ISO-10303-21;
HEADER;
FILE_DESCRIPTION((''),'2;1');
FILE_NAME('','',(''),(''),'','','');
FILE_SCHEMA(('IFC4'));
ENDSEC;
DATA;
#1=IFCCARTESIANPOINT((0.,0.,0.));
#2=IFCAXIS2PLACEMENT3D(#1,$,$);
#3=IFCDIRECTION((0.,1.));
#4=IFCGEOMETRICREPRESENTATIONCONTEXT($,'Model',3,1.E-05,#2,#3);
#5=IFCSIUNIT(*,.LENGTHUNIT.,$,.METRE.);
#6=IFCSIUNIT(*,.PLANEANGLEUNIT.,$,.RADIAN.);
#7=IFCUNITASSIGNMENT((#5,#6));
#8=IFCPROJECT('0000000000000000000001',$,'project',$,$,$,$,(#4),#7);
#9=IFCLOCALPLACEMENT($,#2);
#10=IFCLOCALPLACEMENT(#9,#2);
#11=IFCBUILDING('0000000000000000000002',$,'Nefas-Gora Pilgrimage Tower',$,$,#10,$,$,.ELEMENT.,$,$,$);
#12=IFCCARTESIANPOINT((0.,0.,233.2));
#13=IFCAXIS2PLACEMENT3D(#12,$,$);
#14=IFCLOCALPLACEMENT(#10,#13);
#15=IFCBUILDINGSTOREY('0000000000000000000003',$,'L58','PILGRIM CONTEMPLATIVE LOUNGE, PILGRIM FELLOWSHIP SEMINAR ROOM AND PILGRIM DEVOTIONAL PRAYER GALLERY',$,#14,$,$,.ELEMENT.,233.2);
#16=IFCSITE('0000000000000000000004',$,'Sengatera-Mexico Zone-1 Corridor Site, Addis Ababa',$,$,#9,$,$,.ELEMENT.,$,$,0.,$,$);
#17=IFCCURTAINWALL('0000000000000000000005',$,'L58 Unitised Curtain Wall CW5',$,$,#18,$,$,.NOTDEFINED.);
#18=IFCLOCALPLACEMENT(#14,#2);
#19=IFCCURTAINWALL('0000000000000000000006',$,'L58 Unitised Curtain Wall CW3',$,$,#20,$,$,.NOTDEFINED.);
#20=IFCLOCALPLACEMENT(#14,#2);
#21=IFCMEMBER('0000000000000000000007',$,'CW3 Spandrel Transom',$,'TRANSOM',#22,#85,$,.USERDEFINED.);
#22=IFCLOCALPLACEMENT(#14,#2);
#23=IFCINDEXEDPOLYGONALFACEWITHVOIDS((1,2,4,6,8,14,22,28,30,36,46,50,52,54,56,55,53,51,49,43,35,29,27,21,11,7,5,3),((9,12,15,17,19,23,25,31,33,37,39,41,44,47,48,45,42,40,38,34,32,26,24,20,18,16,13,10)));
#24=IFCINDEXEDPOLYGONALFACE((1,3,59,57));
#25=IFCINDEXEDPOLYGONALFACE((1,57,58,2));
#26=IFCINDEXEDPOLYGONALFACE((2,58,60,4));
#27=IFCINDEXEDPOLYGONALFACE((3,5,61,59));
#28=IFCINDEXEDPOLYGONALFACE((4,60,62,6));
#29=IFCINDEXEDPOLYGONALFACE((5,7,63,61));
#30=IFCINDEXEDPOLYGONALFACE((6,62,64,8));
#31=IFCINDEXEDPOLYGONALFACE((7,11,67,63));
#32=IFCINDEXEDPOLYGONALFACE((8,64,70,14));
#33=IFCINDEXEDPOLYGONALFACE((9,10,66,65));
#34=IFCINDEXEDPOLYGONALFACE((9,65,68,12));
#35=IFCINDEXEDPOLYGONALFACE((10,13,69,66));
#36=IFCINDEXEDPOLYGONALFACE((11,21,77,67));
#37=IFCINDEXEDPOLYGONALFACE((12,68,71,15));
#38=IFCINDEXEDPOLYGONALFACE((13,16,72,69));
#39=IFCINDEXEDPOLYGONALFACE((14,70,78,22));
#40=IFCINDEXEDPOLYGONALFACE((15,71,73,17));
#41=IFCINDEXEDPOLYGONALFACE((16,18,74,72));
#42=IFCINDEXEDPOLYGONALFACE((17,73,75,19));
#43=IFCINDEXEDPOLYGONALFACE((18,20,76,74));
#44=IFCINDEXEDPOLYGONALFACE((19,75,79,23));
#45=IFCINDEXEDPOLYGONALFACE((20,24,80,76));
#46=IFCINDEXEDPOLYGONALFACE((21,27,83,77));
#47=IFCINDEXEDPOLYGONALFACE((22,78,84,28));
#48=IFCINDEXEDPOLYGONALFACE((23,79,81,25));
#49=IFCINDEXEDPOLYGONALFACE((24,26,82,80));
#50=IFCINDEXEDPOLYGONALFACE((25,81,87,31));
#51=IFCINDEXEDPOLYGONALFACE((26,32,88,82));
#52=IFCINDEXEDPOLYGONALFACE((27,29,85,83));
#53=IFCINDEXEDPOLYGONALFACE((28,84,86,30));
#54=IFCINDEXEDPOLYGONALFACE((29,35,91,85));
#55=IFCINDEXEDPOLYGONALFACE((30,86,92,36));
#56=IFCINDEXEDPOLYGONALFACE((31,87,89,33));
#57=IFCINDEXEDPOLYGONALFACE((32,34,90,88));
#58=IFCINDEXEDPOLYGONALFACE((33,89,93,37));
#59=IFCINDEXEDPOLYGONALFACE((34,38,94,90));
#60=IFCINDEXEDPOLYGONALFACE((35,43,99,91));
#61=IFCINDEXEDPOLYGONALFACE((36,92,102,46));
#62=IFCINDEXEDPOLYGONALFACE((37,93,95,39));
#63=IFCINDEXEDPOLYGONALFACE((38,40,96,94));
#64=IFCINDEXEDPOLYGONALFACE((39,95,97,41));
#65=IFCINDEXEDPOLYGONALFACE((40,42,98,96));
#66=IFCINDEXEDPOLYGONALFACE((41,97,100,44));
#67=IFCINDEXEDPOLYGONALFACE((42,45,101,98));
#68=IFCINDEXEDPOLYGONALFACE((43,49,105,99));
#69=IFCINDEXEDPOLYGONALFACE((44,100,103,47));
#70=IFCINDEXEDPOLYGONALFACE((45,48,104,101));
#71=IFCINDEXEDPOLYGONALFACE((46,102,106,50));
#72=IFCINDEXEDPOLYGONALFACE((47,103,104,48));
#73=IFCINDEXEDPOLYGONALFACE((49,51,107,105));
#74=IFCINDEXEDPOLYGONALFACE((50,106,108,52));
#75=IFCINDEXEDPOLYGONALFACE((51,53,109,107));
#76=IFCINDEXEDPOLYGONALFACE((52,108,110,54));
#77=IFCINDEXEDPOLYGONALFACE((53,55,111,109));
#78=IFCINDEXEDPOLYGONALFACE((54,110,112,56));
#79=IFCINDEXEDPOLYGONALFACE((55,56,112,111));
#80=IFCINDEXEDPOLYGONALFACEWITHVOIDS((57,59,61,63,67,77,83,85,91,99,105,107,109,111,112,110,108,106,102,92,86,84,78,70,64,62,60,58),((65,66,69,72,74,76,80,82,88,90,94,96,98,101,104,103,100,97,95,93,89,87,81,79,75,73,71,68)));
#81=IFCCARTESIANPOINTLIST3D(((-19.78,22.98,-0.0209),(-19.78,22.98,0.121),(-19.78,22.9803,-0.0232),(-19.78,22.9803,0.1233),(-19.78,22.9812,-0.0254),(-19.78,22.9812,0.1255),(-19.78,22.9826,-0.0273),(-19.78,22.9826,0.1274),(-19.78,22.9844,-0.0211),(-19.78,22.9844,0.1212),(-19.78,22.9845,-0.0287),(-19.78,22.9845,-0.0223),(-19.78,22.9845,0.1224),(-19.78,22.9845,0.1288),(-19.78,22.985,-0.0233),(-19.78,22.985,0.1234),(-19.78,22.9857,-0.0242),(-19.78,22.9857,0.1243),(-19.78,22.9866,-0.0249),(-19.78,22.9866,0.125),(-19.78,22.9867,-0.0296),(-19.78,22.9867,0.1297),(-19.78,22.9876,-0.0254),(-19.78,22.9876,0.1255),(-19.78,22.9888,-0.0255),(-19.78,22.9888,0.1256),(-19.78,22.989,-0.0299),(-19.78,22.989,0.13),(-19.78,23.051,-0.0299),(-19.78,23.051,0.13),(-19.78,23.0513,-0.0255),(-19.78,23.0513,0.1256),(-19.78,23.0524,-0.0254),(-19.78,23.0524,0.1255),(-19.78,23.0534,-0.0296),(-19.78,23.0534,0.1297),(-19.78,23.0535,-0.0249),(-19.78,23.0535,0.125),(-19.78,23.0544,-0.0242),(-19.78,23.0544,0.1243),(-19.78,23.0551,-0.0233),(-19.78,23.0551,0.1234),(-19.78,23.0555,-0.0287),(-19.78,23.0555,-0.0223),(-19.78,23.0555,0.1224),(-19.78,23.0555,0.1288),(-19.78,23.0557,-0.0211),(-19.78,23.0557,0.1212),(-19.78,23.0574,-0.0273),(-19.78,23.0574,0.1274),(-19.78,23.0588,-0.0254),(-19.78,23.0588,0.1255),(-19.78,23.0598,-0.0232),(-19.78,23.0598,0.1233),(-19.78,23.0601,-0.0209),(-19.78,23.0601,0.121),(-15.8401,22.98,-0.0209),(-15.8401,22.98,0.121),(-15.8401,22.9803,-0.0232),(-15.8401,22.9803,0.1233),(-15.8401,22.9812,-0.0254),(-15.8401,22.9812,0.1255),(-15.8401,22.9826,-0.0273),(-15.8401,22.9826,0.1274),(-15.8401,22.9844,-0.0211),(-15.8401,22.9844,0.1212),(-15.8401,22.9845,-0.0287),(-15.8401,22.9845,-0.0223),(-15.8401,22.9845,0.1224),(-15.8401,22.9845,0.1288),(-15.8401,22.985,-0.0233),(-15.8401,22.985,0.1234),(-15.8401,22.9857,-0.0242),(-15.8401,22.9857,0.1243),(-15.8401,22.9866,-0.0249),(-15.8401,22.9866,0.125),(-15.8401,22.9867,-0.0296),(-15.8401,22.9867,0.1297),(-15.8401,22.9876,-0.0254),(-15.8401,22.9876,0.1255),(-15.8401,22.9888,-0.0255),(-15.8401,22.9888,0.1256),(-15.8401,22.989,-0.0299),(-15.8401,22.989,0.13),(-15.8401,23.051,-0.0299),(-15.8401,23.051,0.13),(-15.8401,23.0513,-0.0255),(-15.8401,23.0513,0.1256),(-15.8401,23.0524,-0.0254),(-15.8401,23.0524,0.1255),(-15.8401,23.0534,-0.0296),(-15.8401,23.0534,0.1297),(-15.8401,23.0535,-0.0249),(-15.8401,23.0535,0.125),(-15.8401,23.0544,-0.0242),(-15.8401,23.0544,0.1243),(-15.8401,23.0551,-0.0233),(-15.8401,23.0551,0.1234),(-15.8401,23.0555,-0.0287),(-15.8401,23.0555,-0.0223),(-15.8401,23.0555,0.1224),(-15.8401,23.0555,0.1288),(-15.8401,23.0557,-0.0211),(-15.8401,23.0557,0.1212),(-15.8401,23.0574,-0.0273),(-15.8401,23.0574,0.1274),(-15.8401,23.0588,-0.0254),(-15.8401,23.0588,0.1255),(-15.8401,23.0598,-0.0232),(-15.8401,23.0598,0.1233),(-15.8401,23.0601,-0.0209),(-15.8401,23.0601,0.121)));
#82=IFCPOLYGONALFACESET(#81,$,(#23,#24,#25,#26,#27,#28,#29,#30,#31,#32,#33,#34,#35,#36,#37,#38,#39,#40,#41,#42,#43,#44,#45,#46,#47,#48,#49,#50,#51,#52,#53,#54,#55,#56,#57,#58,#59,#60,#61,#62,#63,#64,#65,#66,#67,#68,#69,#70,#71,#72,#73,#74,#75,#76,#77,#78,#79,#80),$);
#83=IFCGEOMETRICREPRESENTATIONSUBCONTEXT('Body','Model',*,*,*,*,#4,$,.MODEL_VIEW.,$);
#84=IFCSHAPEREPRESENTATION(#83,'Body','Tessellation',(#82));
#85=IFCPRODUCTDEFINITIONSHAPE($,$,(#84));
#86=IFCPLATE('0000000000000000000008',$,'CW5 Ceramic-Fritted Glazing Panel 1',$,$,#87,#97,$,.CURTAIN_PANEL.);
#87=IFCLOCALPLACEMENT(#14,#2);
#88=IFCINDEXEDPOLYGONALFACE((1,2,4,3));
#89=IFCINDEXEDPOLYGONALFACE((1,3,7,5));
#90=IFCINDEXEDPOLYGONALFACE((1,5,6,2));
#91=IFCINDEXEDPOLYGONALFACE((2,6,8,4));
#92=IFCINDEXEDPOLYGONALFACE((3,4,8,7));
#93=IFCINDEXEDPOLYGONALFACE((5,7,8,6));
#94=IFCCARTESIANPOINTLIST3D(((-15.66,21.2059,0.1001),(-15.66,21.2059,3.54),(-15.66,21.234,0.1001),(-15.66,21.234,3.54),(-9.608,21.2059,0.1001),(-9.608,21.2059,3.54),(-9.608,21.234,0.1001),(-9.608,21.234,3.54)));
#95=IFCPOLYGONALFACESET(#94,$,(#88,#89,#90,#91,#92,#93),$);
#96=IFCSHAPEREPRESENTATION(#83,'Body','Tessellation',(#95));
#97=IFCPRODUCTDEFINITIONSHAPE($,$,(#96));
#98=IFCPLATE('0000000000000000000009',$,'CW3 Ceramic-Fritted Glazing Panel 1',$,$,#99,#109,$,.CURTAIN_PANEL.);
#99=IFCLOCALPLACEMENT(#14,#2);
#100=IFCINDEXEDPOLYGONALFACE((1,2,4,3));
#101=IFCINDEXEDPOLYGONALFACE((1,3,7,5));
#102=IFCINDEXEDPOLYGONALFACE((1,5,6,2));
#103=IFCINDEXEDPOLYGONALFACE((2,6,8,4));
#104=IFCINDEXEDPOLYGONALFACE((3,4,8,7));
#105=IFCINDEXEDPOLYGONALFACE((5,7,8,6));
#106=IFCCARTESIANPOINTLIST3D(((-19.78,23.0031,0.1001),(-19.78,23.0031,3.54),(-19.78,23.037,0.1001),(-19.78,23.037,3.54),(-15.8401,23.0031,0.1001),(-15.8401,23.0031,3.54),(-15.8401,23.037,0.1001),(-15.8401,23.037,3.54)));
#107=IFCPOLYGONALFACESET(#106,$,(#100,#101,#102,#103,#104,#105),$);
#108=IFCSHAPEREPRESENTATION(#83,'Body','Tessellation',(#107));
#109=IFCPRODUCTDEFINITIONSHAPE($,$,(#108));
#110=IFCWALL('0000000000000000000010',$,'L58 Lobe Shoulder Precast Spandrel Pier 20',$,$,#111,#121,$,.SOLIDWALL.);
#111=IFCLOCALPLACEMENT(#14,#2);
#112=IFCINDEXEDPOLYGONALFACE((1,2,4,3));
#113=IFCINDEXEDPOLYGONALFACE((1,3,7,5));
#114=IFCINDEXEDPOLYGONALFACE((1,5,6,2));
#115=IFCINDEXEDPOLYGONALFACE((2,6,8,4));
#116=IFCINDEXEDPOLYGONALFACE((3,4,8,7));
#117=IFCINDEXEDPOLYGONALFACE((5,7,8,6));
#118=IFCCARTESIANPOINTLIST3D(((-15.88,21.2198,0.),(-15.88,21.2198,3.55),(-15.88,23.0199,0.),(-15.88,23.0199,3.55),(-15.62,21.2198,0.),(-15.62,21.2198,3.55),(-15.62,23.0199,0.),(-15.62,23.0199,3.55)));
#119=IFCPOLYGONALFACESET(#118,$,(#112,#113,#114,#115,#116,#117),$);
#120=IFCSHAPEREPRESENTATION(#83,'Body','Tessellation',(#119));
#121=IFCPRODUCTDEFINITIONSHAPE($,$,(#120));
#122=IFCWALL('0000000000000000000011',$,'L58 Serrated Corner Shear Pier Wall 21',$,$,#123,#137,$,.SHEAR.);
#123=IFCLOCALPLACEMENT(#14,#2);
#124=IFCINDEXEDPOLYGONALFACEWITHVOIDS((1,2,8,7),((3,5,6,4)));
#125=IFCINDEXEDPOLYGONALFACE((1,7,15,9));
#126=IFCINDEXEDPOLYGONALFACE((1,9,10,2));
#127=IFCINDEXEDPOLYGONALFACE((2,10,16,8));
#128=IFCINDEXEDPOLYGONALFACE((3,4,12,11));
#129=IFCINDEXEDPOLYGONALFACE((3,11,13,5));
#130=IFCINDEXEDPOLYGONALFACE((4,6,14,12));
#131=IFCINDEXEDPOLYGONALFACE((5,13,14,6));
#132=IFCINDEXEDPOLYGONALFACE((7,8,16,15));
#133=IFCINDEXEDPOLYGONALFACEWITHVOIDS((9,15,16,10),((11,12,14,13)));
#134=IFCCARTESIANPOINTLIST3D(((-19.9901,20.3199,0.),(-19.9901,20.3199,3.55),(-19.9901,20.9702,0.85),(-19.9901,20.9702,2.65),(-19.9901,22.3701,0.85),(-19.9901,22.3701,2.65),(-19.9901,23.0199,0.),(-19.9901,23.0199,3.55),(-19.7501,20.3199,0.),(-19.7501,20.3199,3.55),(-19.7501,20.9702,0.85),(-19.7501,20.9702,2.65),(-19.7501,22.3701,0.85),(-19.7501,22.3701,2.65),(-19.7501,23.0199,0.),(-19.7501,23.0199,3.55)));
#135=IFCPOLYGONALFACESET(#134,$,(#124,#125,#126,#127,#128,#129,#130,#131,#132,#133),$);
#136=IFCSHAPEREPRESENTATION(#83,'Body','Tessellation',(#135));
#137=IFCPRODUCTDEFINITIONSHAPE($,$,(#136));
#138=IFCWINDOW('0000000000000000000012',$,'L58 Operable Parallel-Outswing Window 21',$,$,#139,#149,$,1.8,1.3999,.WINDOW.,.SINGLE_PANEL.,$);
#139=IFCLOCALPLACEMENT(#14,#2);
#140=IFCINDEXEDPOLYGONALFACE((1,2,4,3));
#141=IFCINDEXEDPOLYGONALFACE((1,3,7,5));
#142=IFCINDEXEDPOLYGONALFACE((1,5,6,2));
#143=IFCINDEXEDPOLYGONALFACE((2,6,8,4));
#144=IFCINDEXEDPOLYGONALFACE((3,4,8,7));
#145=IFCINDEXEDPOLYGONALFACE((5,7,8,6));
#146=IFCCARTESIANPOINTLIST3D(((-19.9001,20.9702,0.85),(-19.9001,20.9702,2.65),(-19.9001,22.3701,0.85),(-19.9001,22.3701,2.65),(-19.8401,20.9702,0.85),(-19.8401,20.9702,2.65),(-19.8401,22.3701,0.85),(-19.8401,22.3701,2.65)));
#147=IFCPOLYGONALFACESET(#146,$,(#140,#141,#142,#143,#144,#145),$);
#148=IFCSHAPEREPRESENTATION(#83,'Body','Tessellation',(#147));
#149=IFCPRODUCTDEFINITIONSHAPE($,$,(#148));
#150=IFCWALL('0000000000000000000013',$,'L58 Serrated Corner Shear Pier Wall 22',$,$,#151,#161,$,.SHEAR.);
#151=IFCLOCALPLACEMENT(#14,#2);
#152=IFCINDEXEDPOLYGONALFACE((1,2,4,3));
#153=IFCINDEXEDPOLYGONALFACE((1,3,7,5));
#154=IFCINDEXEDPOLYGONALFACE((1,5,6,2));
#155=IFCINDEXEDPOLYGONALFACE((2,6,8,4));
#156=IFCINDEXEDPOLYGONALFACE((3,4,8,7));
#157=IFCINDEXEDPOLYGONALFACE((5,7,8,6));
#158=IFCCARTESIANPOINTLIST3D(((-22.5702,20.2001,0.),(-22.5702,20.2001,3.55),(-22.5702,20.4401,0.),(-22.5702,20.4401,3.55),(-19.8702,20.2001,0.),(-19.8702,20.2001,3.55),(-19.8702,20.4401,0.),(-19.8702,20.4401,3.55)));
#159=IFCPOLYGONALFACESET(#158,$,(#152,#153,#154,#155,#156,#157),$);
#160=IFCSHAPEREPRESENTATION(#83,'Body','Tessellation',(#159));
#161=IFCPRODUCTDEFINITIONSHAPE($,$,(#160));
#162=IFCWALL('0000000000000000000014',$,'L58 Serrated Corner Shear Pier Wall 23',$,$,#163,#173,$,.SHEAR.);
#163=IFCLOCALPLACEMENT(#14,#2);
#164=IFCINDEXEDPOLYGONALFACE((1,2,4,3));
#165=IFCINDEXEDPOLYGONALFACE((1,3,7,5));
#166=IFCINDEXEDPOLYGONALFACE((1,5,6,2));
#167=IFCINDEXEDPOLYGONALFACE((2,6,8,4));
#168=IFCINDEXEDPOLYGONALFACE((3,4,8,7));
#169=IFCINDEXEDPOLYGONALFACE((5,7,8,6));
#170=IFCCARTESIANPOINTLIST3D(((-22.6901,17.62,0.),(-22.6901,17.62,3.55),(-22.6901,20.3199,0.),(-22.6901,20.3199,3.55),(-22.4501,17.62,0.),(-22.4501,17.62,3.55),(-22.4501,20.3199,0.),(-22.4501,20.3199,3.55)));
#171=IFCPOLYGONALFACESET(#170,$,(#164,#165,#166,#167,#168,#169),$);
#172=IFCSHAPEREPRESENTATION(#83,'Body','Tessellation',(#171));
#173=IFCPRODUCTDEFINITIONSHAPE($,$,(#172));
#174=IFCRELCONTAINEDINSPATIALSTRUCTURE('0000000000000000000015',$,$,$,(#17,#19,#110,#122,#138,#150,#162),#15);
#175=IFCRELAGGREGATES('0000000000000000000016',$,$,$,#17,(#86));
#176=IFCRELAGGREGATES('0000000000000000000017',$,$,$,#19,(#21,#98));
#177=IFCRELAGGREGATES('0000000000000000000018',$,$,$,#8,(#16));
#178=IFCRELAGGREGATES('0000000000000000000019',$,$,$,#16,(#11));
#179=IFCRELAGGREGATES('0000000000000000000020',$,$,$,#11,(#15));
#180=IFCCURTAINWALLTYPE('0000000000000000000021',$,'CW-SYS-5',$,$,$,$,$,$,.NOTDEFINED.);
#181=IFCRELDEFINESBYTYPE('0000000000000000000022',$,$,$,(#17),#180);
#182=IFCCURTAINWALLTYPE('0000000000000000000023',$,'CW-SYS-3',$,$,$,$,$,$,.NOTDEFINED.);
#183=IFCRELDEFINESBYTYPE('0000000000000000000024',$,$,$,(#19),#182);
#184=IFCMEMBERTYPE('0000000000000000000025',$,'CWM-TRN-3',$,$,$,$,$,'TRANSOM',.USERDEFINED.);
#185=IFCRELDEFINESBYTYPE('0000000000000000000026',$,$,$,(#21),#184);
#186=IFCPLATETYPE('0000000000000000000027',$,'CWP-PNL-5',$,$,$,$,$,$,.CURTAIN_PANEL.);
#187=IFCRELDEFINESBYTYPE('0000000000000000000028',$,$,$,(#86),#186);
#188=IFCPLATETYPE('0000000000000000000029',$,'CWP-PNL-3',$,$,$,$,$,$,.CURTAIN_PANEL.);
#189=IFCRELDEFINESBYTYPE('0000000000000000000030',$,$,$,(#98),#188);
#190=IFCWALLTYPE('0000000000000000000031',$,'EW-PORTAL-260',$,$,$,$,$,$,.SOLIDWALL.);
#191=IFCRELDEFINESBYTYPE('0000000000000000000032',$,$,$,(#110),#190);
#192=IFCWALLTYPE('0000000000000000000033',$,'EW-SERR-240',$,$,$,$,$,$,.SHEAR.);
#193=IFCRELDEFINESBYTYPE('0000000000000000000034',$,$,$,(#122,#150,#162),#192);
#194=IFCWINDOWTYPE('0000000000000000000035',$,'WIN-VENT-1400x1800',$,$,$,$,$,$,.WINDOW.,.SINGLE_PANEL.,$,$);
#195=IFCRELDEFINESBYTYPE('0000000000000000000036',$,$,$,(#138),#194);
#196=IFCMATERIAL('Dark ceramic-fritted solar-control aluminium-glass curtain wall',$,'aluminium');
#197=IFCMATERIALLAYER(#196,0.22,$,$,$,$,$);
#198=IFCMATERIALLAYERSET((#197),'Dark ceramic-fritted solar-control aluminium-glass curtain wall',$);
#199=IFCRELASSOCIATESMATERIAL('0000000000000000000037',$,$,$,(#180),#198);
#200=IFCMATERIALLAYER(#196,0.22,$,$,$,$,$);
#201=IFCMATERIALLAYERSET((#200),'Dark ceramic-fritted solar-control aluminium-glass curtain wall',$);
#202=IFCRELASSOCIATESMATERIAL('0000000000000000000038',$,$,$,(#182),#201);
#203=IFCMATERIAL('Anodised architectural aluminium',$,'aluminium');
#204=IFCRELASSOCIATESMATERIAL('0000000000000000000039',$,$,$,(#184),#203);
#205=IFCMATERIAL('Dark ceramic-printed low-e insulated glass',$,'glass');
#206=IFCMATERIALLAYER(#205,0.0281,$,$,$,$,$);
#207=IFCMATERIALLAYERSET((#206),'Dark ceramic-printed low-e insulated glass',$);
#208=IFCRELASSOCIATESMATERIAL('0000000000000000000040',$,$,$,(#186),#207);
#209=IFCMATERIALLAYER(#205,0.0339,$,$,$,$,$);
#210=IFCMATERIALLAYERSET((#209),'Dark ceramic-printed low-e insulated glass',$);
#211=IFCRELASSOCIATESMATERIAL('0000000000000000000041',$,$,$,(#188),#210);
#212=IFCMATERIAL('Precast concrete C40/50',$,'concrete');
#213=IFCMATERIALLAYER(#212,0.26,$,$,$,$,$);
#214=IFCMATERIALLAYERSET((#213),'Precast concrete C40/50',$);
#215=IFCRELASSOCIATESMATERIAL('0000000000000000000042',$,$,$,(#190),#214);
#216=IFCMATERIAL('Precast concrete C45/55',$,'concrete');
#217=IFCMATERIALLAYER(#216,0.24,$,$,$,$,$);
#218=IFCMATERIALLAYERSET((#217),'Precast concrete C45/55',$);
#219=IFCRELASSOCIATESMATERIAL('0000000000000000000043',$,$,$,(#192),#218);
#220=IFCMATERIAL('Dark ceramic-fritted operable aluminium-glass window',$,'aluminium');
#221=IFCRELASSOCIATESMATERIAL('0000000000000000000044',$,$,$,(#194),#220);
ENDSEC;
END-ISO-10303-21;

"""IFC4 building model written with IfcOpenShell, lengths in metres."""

from ifc_helpers import new_model, si_unit, direction, frame, frame_2d, origin, origin_2d, place, context, subcontext, project, spatial, rectangle, hollow_rectangle, extrude, source, transform, mapped, material, layer, layer_set, material_profile, profile_set, type_object, element, fill, aggregate, save


model = new_model("IFC4")

# Units and contexts
model_context = context("Model", 3, precision=1e-05, world=origin(), true_north=direction((0.0, 1.0)))
body_context = subcontext(model_context, "Body", "Model", "MODEL_VIEW")
ifc_project = project(units=[si_unit("LENGTHUNIT", "METRE"), si_unit("PLANEANGLEUNIT", "RADIAN")], contexts=[model_context])

# Site, building, storey
site_placement = place(None, origin())
site = spatial("IfcSite", under=ifc_project, at=site_placement, Name="Sengatera-Mexico Zone-1 Corridor Site, Addis Ababa", CompositionType="ELEMENT", RefElevation=0.0)
building_placement = place(site_placement, origin())
building = spatial("IfcBuilding", under=site, at=building_placement, Name="Nefas-Gora Pilgrimage Tower", CompositionType="ELEMENT")
storey_placement = place(building_placement, frame((0.0, 0.0, 233.2)))
storey = spatial("IfcBuildingStorey", under=building, at=storey_placement, Name="L58", Description="PILGRIM CONTEMPLATIVE LOUNGE, PILGRIM FELLOWSHIP SEMINAR ROOM AND PILGRIM DEVOTIONAL PRAYER GALLERY", CompositionType="ELEMENT", Elevation=233.2)

# Curtain walls
ifc_material_1 = material(Name="Dark ceramic-fritted solar-control aluminium-glass curtain wall", Category="aluminium")
ifc_layer_1 = layer(ifc_material_1, 0.22)
ifc_layer_set_1 = layer_set([ifc_layer_1], Name="Dark ceramic-fritted solar-control aluminium-glass curtain wall")
curtain_wall_type_1 = type_object("IfcCurtainWallType", Name="CW-SYS-5", PredefinedType="NOTDEFINED", material=ifc_layer_set_1)
curtain_wall_1_placement = place(storey_placement, origin())
curtain_wall_1 = element("IfcCurtainWall", 1, at=curtain_wall_1_placement, inside=storey, type_object=curtain_wall_type_1, Name="L58 Unitised Curtain Wall CW5", PredefinedType="NOTDEFINED")
ifc_material_2 = material(Name="Anodised architectural aluminium", Category="aluminium")
ifc_layer_2 = layer(ifc_material_1, 0.22)
ifc_layer_set_2 = layer_set([ifc_layer_2], Name="Dark ceramic-fritted solar-control aluminium-glass curtain wall")
curtain_wall_type_2 = type_object("IfcCurtainWallType", Name="CW-SYS-3", PredefinedType="NOTDEFINED", material=ifc_layer_set_2)
curtain_wall_2_placement = place(storey_placement, origin())
curtain_wall_2 = element("IfcCurtainWall", 2, at=curtain_wall_2_placement, inside=storey, type_object=curtain_wall_type_2, Name="L58 Unitised Curtain Wall CW3", PredefinedType="NOTDEFINED")
ifc_material_profile_1 = material_profile(ifc_material_2, hollow_rectangle(XDim=0.0801, YDim=0.1599, WallThickness=0.0044, InnerFilletRadius=0.0044, OuterFilletRadius=0.009, at=origin_2d()), Name="ALU TRANSOM 80x160")
ifc_profile_set_1 = profile_set([ifc_material_profile_1], Name="Anodised architectural aluminium")
member_type_1 = type_object("IfcMemberType", Name="CWM-TRN-3", ElementType="TRANSOM", PredefinedType="USERDEFINED", material=ifc_profile_set_1)

# Member
shared_shape_1 = source(origin(), body_context, "Body", "SweptSolid", [
    extrude(hollow_rectangle(XDim=0.0801, YDim=0.1599, WallThickness=0.0044, InnerFilletRadius=0.0044, OuterFilletRadius=0.009, at=origin_2d()), origin(), (0.0, 0.0, 1.0), 3.9399),
])
member_1_placement = place(storey_placement, frame((-15.8401, 23.02, 0.05), z_axis=(-1.0, 0.0, 0.0), x_axis=(0.0, -1.0, 0.0)))
member_1 = element("IfcMember", 3, at=member_1_placement, type_object=member_type_1, Name="CW3 Spandrel Transom", ObjectType="TRANSOM", PredefinedType="USERDEFINED", context=body_context, shape_type="MappedRepresentation", body=[
    mapped(shared_shape_1, transform((0.0, 0.0, 0.0), x_axis=(1.0, 0.0, 0.0), y_axis=(0.0, 1.0, 0.0), z_axis=(0.0, 0.0, 1.0), scale=1.0)),
])

# Plates
ifc_material_3 = material(Name="Dark ceramic-printed low-e insulated glass", Category="glass")
ifc_layer_3 = layer(ifc_material_3, 0.0281)
ifc_layer_set_3 = layer_set([ifc_layer_3], Name="Dark ceramic-printed low-e insulated glass")
plate_type_1 = type_object("IfcPlateType", Name="CWP-PNL-5", PredefinedType="CURTAIN_PANEL", material=ifc_layer_set_3)
shared_shape_2 = source(origin(), body_context, "Body", "SweptSolid", [
    extrude(rectangle(XDim=6.052, YDim=0.0281, at=origin_2d()), origin(), (0.0, 0.0, 1.0), 3.4399),
])
plate_1_placement = place(storey_placement, frame((-12.634, 21.22, 0.1001), z_axis=(0.0, 0.0, 1.0), x_axis=(-1.0, 0.0, 0.0)))
plate_1 = element("IfcPlate", 4, at=plate_1_placement, type_object=plate_type_1, Name="CW5 Ceramic-Fritted Glazing Panel 1", PredefinedType="CURTAIN_PANEL", context=body_context, shape_type="MappedRepresentation", body=[
    mapped(shared_shape_2, transform((0.0, 0.0, 0.0), x_axis=(1.0, 0.0, 0.0), y_axis=(0.0, 1.0, 0.0), z_axis=(0.0, 0.0, 1.0), scale=1.0)),
])
aggregate(curtain_wall_1, [plate_1])
ifc_layer_4 = layer(ifc_material_3, 0.0339)
ifc_layer_set_4 = layer_set([ifc_layer_4], Name="Dark ceramic-printed low-e insulated glass")
plate_type_2 = type_object("IfcPlateType", Name="CWP-PNL-3", PredefinedType="CURTAIN_PANEL", material=ifc_layer_set_4)
shared_shape_3 = source(origin(), body_context, "Body", "SweptSolid", [
    extrude(rectangle(XDim=3.9399, YDim=0.0339, at=origin_2d()), origin(), (0.0, 0.0, 1.0), 3.4399),
])
plate_2_placement = place(storey_placement, frame((-17.8101, 23.02, 0.1001), z_axis=(0.0, 0.0, 1.0), x_axis=(-1.0, 0.0, 0.0)))
plate_2 = element("IfcPlate", 5, at=plate_2_placement, type_object=plate_type_2, Name="CW3 Ceramic-Fritted Glazing Panel 1", PredefinedType="CURTAIN_PANEL", context=body_context, shape_type="MappedRepresentation", body=[
    mapped(shared_shape_3, transform((0.0, 0.0, 0.0), x_axis=(1.0, 0.0, 0.0), y_axis=(0.0, 1.0, 0.0), z_axis=(0.0, 0.0, 1.0), scale=1.0)),
])
aggregate(curtain_wall_2, [member_1, plate_2])

# Wall
ifc_material_4 = material(Name="Precast concrete C40/50", Category="concrete")
ifc_layer_5 = layer(ifc_material_4, 0.26)
ifc_layer_set_5 = layer_set([ifc_layer_5], Name="Precast concrete C40/50")
wall_type_1 = type_object("IfcWallType", Name="EW-PORTAL-260", PredefinedType="SOLIDWALL", material=ifc_layer_set_5)
shared_shape_4 = source(origin(), body_context, "Body", "SweptSolid", [
    extrude(rectangle(XDim=1.8, YDim=0.26, at=frame_2d((0.8999, 0.0))), origin(), (0.0, 0.0, 1.0), 3.55),
])
wall_1_placement = place(storey_placement, frame((-15.75, 21.22, 0.0), z_axis=(0.0, 0.0, 1.0), x_axis=(0.0, 1.0, 0.0)))
element("IfcWall", 6, at=wall_1_placement, inside=storey, type_object=wall_type_1, Name="L58 Lobe Shoulder Precast Spandrel Pier 20", PredefinedType="SOLIDWALL", context=body_context, shape_type="MappedRepresentation", body=[
    mapped(shared_shape_4, transform((0.0, 0.0, 0.0), x_axis=(1.0, 0.0, 0.0), y_axis=(0.0, 1.0, 0.0), z_axis=(0.0, 0.0, 1.0), scale=1.0)),
])

# Wall, opening, window
ifc_material_5 = material(Name="Precast concrete C45/55", Category="concrete")
ifc_layer_6 = layer(ifc_material_5, 0.24)
ifc_layer_set_6 = layer_set([ifc_layer_6], Name="Precast concrete C45/55")
wall_type_2 = type_object("IfcWallType", Name="EW-SERR-240", PredefinedType="SHEAR", material=ifc_layer_set_6)
shared_shape_5 = source(origin(), body_context, "Body", "SweptSolid", [
    extrude(rectangle(XDim=2.7, YDim=0.24, at=frame_2d((1.3501, 0.0))), origin(), (0.0, 0.0, 1.0), 3.55),
])
wall_2_placement = place(storey_placement, frame((-19.8701, 23.02, 0.0), z_axis=(0.0, 0.0, 1.0), x_axis=(0.0, -1.0, 0.0)))
wall_2 = element("IfcWall", 7, at=wall_2_placement, inside=storey, type_object=wall_type_2, Name="L58 Serrated Corner Shear Pier Wall 21", PredefinedType="SHEAR", context=body_context, shape_type="MappedRepresentation", body=[
    mapped(shared_shape_5, transform((0.0, 0.0, 0.0), x_axis=(1.0, 0.0, 0.0), y_axis=(0.0, 1.0, 0.0), z_axis=(0.0, 0.0, 1.0), scale=1.0)),
])
opening_1_placement = place(wall_2_placement, frame((0.6499, 0.0, 0.8501)))
opening_1 = element("IfcOpeningElement", 8, at=opening_1_placement, cuts=wall_2, PredefinedType="OPENING", context=body_context, shape_type="SweptSolid", body=[
    extrude(rectangle(XDim=1.3999, YDim=1.8, at=frame_2d((0.7, 0.8999))), frame((0.0, 0.1299, 0.0), z_axis=(0.0, -1.0, 0.0), x_axis=(1.0, 0.0, 0.0)), (0.0, 0.0, 1.0), 0.26),
])
ifc_material_6 = material(Name="Dark ceramic-fritted operable aluminium-glass window", Category="aluminium")
window_type = type_object("IfcWindowType", Name="WIN-VENT-1400x1800", PartitioningType="SINGLE_PANEL", PredefinedType="WINDOW", material=ifc_material_6)
shared_shape_6 = source(origin(), body_context, "Body", "SweptSolid", [
    extrude(rectangle(XDim=1.3999, YDim=1.8, at=frame_2d((0.7, 0.8999))), frame((0.0, 0.03, 0.0), z_axis=(0.0, -1.0, 0.0), x_axis=(1.0, 0.0, 0.0)), (0.0, 0.0, 1.0), 0.0601),
])
window_placement = place(opening_1_placement, origin())
window = element("IfcWindow", 9, at=window_placement, inside=storey, type_object=window_type, Name="L58 Operable Parallel-Outswing Window 21", OverallHeight=1.8, OverallWidth=1.3999, PartitioningType="SINGLE_PANEL", PredefinedType="WINDOW", context=body_context, shape_type="MappedRepresentation", body=[
    mapped(shared_shape_6, transform((0.0, 0.0, 0.0), x_axis=(1.0, 0.0, 0.0), y_axis=(0.0, 1.0, 0.0), z_axis=(0.0, 0.0, 1.0), scale=1.0)),
])
fill(opening_1, window)

# Walls
for number, where, z_axis, x_axis, name in (
    (10, (-19.8701, 20.3201, 0.0), (0.0, 0.0, 1.0), (-1.0, 0.0, 0.0), "L58 Serrated Corner Shear Pier Wall 22"),
    (11, (-22.5701, 20.3201, 0.0), (0.0, 0.0, 1.0), (0.0, -1.0, 0.0), "L58 Serrated Corner Shear Pier Wall 23"),
):
    element("IfcWall", number, at=place(storey_placement, frame(where, z_axis=z_axis, x_axis=x_axis)), inside=storey, type_object=wall_type_2, Name=name, PredefinedType="SHEAR", context=body_context, shape_type="MappedRepresentation", body=[
        mapped(shared_shape_5, transform((0.0, 0.0, 0.0), x_axis=(1.0, 0.0, 0.0), y_axis=(0.0, 1.0, 0.0), z_axis=(0.0, 0.0, 1.0), scale=1.0)),
    ])

save(model, "model.ifc")
